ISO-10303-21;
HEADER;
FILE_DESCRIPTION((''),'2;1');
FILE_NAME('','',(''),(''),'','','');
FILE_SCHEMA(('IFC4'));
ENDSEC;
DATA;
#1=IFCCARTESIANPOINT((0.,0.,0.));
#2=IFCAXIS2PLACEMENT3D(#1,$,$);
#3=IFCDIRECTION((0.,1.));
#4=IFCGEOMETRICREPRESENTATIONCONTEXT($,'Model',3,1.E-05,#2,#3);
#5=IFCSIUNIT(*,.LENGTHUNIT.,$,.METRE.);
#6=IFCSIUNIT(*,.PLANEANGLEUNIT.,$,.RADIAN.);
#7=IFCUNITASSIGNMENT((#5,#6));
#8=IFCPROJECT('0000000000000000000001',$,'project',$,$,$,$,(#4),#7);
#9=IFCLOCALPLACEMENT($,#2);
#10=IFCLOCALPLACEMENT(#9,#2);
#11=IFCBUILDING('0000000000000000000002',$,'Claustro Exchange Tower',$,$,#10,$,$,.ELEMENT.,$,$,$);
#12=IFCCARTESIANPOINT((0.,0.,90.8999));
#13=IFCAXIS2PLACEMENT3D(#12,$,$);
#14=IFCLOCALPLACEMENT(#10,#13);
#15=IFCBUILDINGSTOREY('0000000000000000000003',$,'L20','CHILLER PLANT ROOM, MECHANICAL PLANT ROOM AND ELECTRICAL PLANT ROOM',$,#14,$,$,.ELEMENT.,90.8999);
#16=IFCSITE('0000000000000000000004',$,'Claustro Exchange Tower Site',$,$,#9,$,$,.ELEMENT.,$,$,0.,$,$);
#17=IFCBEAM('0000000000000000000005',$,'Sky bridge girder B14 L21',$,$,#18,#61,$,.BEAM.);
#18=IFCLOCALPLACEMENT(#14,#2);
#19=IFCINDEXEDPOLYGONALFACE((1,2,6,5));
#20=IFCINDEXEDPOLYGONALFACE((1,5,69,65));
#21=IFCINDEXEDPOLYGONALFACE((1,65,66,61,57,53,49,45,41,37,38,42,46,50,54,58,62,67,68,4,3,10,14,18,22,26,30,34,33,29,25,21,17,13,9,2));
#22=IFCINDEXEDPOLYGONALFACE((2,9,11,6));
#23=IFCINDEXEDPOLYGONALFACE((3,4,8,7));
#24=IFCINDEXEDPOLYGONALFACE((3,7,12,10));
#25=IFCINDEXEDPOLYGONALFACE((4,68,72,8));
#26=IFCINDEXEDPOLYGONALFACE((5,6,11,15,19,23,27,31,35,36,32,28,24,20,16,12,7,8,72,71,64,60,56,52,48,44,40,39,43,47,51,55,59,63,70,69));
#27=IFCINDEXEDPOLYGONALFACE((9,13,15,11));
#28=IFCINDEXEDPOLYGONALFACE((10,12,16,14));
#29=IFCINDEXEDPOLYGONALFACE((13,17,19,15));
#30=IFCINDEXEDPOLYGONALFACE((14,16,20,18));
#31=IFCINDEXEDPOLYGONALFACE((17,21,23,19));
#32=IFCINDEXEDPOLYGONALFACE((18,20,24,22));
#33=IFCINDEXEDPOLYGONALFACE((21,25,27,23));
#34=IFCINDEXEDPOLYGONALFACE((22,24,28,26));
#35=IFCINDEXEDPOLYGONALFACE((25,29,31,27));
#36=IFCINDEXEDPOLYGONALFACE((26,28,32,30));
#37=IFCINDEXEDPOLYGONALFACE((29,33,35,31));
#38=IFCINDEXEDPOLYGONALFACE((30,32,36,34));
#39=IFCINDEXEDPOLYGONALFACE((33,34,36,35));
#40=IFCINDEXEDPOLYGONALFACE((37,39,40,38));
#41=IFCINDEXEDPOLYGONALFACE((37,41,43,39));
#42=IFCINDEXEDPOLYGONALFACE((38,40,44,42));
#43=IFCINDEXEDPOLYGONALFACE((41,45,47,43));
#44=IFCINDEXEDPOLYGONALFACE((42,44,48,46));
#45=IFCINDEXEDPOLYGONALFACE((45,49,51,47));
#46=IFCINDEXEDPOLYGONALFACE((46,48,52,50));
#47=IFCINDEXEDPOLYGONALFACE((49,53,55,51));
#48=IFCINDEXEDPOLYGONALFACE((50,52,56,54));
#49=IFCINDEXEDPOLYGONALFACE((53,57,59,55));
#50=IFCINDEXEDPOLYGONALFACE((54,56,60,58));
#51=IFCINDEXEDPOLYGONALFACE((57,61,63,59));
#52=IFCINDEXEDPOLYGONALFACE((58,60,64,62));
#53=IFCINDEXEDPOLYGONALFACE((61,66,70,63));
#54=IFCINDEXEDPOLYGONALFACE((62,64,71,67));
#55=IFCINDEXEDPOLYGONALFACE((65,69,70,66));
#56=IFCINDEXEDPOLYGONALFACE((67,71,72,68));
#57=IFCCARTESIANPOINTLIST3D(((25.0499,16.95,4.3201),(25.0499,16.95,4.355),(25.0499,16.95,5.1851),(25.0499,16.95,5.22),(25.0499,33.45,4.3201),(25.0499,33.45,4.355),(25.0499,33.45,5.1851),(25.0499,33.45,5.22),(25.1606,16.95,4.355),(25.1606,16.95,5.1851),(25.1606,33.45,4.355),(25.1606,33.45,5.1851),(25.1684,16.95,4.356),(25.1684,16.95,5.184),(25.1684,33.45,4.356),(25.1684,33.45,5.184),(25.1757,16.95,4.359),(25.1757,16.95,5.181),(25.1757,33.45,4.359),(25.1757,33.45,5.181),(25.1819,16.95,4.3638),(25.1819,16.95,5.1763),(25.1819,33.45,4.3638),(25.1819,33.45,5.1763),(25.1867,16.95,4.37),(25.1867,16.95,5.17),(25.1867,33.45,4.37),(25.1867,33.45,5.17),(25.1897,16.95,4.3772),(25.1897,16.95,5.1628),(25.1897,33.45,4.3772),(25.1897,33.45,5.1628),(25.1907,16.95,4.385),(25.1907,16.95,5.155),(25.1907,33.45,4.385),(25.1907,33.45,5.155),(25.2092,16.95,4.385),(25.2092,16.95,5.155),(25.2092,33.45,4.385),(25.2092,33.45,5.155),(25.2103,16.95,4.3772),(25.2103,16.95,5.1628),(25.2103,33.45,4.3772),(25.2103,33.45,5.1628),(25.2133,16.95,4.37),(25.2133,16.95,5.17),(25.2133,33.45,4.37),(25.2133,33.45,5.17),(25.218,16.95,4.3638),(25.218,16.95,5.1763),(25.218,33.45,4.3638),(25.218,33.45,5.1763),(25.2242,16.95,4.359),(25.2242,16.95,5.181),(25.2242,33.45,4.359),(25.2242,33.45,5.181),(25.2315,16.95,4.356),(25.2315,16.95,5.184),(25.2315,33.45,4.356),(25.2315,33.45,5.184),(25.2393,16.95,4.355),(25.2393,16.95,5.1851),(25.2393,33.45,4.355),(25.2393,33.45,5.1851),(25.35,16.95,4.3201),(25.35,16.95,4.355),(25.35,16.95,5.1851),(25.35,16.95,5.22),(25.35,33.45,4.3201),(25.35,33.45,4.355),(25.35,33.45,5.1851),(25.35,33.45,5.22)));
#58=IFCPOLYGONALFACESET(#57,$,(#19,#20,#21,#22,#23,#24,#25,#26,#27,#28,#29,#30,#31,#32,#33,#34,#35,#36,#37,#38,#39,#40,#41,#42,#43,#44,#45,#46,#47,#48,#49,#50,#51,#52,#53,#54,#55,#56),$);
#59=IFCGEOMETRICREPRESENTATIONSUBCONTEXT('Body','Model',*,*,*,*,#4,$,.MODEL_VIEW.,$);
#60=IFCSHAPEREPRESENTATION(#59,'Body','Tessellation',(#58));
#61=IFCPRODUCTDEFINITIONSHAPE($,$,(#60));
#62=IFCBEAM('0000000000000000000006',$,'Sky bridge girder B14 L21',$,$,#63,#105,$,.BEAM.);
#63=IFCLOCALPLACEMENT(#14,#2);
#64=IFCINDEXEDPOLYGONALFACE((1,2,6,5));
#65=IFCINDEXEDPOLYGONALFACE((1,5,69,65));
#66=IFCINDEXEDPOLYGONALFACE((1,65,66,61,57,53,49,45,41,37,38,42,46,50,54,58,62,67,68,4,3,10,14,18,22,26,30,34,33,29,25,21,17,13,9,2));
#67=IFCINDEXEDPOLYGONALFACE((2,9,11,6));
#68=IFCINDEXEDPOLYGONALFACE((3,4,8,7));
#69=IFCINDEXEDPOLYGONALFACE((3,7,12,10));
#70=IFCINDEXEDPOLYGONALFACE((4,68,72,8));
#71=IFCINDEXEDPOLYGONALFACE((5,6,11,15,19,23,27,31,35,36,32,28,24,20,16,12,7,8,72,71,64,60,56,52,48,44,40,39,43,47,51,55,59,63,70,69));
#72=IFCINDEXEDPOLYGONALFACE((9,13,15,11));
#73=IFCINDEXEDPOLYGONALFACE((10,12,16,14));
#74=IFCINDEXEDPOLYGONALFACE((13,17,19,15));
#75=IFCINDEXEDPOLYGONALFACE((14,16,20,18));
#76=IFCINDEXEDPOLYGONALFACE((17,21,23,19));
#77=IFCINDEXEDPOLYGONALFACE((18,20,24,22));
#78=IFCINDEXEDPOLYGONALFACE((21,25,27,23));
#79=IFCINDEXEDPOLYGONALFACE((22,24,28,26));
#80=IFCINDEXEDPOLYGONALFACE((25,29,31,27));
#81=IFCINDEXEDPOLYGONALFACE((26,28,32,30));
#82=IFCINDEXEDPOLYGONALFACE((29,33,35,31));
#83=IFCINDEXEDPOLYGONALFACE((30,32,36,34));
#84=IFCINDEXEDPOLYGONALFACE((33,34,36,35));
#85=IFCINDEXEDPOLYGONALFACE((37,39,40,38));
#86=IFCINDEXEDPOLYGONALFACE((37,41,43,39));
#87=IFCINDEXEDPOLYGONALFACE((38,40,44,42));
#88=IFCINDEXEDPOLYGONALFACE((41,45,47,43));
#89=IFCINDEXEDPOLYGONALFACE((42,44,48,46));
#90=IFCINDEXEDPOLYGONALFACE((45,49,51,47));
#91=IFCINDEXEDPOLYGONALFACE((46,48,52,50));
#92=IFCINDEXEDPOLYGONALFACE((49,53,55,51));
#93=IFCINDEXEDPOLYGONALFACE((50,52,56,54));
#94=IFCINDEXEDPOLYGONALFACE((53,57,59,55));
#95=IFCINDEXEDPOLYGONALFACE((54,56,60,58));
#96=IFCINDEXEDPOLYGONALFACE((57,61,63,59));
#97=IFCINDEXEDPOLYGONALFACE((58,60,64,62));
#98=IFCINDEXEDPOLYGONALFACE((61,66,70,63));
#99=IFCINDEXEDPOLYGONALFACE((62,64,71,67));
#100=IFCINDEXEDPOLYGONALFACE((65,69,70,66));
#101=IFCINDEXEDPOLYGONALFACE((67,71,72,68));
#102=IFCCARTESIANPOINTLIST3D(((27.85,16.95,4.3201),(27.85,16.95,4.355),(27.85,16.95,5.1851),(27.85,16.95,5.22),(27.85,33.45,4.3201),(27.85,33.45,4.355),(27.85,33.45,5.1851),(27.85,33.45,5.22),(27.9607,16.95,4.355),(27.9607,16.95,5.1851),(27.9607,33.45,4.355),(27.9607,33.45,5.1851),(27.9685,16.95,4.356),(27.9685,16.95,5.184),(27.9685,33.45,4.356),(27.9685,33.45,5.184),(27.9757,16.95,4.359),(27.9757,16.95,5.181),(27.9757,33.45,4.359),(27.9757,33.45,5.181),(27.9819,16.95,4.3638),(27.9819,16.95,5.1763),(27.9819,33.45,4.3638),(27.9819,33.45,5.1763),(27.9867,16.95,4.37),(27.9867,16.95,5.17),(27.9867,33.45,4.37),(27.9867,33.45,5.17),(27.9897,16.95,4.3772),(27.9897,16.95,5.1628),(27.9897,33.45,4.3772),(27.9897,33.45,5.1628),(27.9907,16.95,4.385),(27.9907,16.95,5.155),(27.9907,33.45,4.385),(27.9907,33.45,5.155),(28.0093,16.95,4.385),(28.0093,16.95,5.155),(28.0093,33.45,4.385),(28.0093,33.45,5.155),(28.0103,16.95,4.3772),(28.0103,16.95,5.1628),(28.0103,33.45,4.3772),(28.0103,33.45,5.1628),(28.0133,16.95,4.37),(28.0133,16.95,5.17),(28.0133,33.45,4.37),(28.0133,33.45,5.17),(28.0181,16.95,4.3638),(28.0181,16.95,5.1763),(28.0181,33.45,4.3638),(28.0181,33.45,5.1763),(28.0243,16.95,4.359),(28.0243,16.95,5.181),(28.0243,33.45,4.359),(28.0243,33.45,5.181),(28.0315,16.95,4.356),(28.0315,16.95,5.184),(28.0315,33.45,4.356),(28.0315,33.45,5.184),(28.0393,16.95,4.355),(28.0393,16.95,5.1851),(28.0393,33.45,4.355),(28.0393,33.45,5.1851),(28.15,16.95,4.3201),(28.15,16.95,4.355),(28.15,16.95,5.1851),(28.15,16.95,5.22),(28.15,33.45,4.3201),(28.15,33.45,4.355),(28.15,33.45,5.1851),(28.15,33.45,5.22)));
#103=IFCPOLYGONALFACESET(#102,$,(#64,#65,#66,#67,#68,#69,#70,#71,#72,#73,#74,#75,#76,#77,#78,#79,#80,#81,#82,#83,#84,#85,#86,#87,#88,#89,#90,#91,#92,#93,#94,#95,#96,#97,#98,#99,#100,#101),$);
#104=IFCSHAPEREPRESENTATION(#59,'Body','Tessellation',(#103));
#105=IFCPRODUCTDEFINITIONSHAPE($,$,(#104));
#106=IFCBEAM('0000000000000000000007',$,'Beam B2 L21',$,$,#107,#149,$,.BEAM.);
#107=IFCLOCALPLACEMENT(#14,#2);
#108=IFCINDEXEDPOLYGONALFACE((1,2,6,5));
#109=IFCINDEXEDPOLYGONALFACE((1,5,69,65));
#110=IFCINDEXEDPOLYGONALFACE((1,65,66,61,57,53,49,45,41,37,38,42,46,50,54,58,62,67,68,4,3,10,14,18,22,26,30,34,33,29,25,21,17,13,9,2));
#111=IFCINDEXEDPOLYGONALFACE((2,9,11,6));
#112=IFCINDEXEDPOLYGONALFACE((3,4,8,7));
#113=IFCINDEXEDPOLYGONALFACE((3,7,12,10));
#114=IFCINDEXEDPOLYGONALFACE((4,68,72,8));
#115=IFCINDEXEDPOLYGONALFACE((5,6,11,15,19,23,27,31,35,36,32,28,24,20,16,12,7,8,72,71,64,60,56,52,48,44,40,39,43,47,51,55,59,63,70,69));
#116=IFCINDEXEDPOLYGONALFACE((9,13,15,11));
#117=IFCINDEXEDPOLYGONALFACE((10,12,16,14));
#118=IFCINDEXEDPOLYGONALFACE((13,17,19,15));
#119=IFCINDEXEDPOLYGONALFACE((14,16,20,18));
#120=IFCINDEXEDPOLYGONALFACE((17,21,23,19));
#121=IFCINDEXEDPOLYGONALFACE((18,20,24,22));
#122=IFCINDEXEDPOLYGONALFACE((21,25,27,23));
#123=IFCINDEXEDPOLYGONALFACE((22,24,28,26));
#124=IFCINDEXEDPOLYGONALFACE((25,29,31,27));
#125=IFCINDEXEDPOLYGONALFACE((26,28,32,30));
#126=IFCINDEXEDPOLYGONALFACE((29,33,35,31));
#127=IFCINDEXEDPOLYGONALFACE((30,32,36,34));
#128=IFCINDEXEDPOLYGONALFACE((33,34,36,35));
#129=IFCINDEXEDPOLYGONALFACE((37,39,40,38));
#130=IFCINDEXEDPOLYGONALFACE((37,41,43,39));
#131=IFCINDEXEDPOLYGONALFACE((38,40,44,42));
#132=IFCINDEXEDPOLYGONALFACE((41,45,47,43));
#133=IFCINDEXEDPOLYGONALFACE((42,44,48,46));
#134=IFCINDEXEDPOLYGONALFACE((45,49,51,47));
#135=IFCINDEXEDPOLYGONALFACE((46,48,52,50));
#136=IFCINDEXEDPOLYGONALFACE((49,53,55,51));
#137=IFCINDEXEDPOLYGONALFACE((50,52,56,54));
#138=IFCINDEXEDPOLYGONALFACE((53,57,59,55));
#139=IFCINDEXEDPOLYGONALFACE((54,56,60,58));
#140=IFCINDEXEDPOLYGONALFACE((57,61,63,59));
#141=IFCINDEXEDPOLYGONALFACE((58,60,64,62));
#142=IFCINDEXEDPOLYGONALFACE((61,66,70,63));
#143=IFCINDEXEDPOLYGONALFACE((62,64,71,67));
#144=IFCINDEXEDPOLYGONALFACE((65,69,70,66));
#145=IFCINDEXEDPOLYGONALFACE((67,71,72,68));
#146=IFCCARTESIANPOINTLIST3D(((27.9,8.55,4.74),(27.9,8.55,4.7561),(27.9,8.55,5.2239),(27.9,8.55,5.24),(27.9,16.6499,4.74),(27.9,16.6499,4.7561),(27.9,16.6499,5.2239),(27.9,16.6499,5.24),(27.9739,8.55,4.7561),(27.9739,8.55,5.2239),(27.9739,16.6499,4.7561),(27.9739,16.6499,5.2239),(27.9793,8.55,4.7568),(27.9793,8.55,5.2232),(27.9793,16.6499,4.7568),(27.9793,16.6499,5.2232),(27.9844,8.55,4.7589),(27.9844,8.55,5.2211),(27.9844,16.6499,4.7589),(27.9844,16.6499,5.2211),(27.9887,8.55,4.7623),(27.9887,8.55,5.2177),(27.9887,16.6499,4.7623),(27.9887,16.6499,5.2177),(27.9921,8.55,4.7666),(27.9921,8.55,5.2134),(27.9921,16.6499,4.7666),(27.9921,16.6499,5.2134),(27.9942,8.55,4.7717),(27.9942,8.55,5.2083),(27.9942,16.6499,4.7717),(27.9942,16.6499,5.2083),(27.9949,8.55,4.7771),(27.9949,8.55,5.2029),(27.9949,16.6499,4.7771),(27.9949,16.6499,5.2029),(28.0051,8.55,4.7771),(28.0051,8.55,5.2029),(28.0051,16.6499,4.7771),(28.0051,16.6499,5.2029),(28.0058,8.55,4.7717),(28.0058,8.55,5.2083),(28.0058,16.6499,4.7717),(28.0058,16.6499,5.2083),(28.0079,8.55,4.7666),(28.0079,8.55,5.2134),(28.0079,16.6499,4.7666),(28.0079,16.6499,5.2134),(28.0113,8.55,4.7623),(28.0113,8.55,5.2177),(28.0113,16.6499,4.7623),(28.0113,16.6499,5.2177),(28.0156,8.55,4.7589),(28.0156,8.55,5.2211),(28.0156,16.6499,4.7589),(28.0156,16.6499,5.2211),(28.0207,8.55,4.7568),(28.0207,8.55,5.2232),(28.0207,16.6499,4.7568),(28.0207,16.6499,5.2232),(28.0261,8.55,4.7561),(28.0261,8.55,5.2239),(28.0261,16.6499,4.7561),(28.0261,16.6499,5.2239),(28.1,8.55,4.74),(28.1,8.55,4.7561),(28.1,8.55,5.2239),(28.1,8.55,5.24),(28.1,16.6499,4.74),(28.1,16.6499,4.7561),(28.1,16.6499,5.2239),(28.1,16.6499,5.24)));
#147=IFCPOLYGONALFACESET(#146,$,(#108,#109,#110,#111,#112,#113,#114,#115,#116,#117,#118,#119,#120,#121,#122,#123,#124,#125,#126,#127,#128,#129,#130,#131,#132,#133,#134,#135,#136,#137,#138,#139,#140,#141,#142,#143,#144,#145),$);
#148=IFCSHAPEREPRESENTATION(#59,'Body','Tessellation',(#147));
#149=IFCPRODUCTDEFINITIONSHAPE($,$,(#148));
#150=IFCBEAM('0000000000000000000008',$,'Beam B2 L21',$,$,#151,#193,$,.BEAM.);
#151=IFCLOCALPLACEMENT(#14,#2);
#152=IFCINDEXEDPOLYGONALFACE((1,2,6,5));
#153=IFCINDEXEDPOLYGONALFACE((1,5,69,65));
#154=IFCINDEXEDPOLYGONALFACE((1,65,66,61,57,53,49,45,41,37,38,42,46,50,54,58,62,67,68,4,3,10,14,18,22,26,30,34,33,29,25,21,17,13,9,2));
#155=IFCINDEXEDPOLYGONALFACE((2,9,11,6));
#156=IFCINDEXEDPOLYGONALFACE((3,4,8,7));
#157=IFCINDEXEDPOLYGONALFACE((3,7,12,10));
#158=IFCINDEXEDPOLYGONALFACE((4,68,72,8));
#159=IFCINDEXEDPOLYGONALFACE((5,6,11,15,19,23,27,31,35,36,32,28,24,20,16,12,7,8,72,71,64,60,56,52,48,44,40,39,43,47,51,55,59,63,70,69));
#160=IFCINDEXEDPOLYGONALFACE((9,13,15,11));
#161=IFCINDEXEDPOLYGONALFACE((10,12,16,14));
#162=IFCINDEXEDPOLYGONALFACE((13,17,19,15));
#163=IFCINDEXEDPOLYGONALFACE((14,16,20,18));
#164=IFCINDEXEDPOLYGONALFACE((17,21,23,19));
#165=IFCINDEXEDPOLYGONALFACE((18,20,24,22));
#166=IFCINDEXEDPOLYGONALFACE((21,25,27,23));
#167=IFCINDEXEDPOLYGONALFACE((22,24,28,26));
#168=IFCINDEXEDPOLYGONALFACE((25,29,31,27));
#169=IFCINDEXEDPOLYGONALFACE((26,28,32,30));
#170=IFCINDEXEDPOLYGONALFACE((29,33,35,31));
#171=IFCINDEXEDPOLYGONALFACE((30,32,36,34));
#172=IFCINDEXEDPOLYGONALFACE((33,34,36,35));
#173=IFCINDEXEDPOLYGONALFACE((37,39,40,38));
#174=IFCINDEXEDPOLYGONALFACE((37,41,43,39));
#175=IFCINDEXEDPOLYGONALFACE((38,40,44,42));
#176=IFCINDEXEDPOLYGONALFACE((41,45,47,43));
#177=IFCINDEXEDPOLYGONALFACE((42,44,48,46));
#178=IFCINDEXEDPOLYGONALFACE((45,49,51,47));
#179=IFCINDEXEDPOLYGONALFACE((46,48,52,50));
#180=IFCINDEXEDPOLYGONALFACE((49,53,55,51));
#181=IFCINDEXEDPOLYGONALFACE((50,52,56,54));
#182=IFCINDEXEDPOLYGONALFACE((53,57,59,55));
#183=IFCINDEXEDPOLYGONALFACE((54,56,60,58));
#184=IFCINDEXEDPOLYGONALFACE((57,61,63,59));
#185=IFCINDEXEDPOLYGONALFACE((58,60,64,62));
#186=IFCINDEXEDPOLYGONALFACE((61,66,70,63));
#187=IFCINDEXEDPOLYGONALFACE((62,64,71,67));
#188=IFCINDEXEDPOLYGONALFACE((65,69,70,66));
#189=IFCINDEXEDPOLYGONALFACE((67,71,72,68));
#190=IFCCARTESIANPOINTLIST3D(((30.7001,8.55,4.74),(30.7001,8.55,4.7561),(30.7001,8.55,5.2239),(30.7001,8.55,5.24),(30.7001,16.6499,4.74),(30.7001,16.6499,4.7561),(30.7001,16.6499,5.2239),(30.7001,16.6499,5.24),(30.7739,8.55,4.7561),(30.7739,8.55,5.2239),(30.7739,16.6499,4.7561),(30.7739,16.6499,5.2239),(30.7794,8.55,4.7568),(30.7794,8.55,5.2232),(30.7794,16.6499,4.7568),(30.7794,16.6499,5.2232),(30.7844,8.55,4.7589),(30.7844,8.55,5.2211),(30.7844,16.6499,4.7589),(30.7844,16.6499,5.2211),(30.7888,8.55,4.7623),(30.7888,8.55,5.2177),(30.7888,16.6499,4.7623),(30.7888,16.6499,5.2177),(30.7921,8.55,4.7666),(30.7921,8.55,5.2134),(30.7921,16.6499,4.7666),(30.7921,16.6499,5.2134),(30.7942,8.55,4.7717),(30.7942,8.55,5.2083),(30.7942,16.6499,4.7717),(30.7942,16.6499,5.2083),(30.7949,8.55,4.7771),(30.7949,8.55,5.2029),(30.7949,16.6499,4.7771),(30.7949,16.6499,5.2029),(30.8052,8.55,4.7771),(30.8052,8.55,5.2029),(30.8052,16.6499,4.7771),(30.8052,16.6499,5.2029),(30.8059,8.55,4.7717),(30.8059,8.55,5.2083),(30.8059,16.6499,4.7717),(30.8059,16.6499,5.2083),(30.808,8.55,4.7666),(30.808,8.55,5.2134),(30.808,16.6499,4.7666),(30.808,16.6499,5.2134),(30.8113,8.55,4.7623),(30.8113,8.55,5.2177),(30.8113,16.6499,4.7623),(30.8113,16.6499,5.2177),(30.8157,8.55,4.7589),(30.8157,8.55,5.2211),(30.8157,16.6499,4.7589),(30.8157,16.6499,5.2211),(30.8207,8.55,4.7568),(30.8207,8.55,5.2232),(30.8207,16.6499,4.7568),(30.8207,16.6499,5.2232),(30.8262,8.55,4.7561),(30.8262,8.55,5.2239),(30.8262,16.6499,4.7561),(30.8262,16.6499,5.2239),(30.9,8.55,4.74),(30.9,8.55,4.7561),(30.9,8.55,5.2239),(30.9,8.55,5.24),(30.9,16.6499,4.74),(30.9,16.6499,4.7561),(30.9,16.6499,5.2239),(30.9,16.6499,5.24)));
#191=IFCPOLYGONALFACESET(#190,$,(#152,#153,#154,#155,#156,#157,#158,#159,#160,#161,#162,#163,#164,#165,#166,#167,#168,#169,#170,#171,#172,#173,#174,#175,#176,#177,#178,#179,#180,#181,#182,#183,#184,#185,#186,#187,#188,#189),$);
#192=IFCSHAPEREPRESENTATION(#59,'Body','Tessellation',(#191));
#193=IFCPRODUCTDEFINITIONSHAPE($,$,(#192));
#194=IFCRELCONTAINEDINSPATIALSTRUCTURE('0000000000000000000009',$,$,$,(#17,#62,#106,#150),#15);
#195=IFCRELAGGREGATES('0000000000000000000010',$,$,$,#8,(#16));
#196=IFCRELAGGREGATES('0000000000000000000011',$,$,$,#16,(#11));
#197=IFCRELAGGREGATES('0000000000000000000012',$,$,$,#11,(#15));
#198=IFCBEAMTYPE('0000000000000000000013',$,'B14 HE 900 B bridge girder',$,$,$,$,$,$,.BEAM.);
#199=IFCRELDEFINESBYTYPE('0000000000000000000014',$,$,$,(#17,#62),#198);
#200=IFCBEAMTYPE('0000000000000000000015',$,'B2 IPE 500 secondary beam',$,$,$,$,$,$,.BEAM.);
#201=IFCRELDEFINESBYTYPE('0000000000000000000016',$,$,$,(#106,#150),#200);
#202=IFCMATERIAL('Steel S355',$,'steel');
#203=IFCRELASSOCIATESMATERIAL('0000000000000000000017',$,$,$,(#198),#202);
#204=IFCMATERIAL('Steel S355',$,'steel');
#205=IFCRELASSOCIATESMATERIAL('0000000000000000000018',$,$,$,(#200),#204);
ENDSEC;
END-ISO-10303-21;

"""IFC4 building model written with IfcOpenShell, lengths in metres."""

from ifc_helpers import new_model, si_unit, direction, frame, origin, origin_2d, place, context, subcontext, project, spatial, i_section, extrude, material, material_profile, profile_set, type_object, element, save


model = new_model("IFC4")

# Units and contexts
model_context = context("Model", 3, precision=1e-05, world=origin(), true_north=direction((0.0, 1.0)))
body_context = subcontext(model_context, "Body", "Model", "MODEL_VIEW")
ifc_project = project(units=[si_unit("LENGTHUNIT", "METRE"), si_unit("PLANEANGLEUNIT", "RADIAN")], contexts=[model_context])

# Site, building, storey
site_placement = place(None, origin())
site = spatial("IfcSite", under=ifc_project, at=site_placement, Name="Claustro Exchange Tower Site", CompositionType="ELEMENT", RefElevation=0.0)
building_placement = place(site_placement, origin())
building = spatial("IfcBuilding", under=site, at=building_placement, Name="Claustro Exchange Tower", CompositionType="ELEMENT")
storey_placement = place(building_placement, frame((0.0, 0.0, 90.8999)))
storey = spatial("IfcBuildingStorey", under=building, at=storey_placement, Name="L20", Description="CHILLER PLANT ROOM, MECHANICAL PLANT ROOM AND ELECTRICAL PLANT ROOM", CompositionType="ELEMENT", Elevation=90.8999)

# Beams
ifc_material_1 = material(Name="Steel S355", Category="steel")
ifc_material_profile_1 = material_profile(ifc_material_1, i_section(OverallWidth=0.3, OverallDepth=0.8999, WebThickness=0.0186, FlangeThickness=0.0349, FilletRadius=0.03, at=origin_2d()), Name="HE 900 B")
ifc_profile_set_1 = profile_set([ifc_material_profile_1], Name="Steel S355")
beam_type_1 = type_object("IfcBeamType", Name="B14 HE 900 B bridge girder", PredefinedType="BEAM", material=ifc_profile_set_1)
for number, where, z_axis, x_axis, name in (
    (1, (25.2, 16.95, 4.77), (0.0, 1.0, 0.0), (-1.0, 0.0, 0.0), "Sky bridge girder B14 L21"),
    (2, (28.0, 16.95, 4.77), (0.0, 1.0, 0.0), (-1.0, 0.0, 0.0), "Sky bridge girder B14 L21"),
):
    element("IfcBeam", number, at=place(storey_placement, frame(where, z_axis=z_axis, x_axis=x_axis)), inside=storey, type_object=beam_type_1, Name=name, PredefinedType="BEAM", context=body_context, shape_type="SweptSolid", body=[
        extrude(i_section(OverallWidth=0.3, OverallDepth=0.8999, WebThickness=0.0186, FlangeThickness=0.0349, FilletRadius=0.03, at=origin_2d()), origin(), (0.0, 0.0, 1.0), 16.5),
    ])
ifc_material_2 = material(Name="Steel S355", Category="steel")
ifc_material_profile_2 = material_profile(ifc_material_2, i_section(OverallWidth=0.2, OverallDepth=0.5, WebThickness=0.0103, FlangeThickness=0.0161, FilletRadius=0.021, at=origin_2d()), Name="IPE 500")
ifc_profile_set_2 = profile_set([ifc_material_profile_2], Name="Steel S355")
beam_type_2 = type_object("IfcBeamType", Name="B2 IPE 500 secondary beam", PredefinedType="BEAM", material=ifc_profile_set_2)
for number, where, z_axis, x_axis, name in (
    (3, (28.0, 8.55, 4.99), (0.0, 1.0, 0.0), (-1.0, 0.0, 0.0), "Beam B2 L21"),
    (4, (30.8, 8.55, 4.99), (0.0, 1.0, 0.0), (-1.0, 0.0, 0.0), "Beam B2 L21"),
):
    element("IfcBeam", number, at=place(storey_placement, frame(where, z_axis=z_axis, x_axis=x_axis)), inside=storey, type_object=beam_type_2, Name=name, PredefinedType="BEAM", context=body_context, shape_type="SweptSolid", body=[
        extrude(i_section(OverallWidth=0.2, OverallDepth=0.5, WebThickness=0.0103, FlangeThickness=0.0161, FilletRadius=0.021, at=origin_2d()), origin(), (0.0, 0.0, 1.0), 8.0999),
    ])

save(model, "model.ifc")
